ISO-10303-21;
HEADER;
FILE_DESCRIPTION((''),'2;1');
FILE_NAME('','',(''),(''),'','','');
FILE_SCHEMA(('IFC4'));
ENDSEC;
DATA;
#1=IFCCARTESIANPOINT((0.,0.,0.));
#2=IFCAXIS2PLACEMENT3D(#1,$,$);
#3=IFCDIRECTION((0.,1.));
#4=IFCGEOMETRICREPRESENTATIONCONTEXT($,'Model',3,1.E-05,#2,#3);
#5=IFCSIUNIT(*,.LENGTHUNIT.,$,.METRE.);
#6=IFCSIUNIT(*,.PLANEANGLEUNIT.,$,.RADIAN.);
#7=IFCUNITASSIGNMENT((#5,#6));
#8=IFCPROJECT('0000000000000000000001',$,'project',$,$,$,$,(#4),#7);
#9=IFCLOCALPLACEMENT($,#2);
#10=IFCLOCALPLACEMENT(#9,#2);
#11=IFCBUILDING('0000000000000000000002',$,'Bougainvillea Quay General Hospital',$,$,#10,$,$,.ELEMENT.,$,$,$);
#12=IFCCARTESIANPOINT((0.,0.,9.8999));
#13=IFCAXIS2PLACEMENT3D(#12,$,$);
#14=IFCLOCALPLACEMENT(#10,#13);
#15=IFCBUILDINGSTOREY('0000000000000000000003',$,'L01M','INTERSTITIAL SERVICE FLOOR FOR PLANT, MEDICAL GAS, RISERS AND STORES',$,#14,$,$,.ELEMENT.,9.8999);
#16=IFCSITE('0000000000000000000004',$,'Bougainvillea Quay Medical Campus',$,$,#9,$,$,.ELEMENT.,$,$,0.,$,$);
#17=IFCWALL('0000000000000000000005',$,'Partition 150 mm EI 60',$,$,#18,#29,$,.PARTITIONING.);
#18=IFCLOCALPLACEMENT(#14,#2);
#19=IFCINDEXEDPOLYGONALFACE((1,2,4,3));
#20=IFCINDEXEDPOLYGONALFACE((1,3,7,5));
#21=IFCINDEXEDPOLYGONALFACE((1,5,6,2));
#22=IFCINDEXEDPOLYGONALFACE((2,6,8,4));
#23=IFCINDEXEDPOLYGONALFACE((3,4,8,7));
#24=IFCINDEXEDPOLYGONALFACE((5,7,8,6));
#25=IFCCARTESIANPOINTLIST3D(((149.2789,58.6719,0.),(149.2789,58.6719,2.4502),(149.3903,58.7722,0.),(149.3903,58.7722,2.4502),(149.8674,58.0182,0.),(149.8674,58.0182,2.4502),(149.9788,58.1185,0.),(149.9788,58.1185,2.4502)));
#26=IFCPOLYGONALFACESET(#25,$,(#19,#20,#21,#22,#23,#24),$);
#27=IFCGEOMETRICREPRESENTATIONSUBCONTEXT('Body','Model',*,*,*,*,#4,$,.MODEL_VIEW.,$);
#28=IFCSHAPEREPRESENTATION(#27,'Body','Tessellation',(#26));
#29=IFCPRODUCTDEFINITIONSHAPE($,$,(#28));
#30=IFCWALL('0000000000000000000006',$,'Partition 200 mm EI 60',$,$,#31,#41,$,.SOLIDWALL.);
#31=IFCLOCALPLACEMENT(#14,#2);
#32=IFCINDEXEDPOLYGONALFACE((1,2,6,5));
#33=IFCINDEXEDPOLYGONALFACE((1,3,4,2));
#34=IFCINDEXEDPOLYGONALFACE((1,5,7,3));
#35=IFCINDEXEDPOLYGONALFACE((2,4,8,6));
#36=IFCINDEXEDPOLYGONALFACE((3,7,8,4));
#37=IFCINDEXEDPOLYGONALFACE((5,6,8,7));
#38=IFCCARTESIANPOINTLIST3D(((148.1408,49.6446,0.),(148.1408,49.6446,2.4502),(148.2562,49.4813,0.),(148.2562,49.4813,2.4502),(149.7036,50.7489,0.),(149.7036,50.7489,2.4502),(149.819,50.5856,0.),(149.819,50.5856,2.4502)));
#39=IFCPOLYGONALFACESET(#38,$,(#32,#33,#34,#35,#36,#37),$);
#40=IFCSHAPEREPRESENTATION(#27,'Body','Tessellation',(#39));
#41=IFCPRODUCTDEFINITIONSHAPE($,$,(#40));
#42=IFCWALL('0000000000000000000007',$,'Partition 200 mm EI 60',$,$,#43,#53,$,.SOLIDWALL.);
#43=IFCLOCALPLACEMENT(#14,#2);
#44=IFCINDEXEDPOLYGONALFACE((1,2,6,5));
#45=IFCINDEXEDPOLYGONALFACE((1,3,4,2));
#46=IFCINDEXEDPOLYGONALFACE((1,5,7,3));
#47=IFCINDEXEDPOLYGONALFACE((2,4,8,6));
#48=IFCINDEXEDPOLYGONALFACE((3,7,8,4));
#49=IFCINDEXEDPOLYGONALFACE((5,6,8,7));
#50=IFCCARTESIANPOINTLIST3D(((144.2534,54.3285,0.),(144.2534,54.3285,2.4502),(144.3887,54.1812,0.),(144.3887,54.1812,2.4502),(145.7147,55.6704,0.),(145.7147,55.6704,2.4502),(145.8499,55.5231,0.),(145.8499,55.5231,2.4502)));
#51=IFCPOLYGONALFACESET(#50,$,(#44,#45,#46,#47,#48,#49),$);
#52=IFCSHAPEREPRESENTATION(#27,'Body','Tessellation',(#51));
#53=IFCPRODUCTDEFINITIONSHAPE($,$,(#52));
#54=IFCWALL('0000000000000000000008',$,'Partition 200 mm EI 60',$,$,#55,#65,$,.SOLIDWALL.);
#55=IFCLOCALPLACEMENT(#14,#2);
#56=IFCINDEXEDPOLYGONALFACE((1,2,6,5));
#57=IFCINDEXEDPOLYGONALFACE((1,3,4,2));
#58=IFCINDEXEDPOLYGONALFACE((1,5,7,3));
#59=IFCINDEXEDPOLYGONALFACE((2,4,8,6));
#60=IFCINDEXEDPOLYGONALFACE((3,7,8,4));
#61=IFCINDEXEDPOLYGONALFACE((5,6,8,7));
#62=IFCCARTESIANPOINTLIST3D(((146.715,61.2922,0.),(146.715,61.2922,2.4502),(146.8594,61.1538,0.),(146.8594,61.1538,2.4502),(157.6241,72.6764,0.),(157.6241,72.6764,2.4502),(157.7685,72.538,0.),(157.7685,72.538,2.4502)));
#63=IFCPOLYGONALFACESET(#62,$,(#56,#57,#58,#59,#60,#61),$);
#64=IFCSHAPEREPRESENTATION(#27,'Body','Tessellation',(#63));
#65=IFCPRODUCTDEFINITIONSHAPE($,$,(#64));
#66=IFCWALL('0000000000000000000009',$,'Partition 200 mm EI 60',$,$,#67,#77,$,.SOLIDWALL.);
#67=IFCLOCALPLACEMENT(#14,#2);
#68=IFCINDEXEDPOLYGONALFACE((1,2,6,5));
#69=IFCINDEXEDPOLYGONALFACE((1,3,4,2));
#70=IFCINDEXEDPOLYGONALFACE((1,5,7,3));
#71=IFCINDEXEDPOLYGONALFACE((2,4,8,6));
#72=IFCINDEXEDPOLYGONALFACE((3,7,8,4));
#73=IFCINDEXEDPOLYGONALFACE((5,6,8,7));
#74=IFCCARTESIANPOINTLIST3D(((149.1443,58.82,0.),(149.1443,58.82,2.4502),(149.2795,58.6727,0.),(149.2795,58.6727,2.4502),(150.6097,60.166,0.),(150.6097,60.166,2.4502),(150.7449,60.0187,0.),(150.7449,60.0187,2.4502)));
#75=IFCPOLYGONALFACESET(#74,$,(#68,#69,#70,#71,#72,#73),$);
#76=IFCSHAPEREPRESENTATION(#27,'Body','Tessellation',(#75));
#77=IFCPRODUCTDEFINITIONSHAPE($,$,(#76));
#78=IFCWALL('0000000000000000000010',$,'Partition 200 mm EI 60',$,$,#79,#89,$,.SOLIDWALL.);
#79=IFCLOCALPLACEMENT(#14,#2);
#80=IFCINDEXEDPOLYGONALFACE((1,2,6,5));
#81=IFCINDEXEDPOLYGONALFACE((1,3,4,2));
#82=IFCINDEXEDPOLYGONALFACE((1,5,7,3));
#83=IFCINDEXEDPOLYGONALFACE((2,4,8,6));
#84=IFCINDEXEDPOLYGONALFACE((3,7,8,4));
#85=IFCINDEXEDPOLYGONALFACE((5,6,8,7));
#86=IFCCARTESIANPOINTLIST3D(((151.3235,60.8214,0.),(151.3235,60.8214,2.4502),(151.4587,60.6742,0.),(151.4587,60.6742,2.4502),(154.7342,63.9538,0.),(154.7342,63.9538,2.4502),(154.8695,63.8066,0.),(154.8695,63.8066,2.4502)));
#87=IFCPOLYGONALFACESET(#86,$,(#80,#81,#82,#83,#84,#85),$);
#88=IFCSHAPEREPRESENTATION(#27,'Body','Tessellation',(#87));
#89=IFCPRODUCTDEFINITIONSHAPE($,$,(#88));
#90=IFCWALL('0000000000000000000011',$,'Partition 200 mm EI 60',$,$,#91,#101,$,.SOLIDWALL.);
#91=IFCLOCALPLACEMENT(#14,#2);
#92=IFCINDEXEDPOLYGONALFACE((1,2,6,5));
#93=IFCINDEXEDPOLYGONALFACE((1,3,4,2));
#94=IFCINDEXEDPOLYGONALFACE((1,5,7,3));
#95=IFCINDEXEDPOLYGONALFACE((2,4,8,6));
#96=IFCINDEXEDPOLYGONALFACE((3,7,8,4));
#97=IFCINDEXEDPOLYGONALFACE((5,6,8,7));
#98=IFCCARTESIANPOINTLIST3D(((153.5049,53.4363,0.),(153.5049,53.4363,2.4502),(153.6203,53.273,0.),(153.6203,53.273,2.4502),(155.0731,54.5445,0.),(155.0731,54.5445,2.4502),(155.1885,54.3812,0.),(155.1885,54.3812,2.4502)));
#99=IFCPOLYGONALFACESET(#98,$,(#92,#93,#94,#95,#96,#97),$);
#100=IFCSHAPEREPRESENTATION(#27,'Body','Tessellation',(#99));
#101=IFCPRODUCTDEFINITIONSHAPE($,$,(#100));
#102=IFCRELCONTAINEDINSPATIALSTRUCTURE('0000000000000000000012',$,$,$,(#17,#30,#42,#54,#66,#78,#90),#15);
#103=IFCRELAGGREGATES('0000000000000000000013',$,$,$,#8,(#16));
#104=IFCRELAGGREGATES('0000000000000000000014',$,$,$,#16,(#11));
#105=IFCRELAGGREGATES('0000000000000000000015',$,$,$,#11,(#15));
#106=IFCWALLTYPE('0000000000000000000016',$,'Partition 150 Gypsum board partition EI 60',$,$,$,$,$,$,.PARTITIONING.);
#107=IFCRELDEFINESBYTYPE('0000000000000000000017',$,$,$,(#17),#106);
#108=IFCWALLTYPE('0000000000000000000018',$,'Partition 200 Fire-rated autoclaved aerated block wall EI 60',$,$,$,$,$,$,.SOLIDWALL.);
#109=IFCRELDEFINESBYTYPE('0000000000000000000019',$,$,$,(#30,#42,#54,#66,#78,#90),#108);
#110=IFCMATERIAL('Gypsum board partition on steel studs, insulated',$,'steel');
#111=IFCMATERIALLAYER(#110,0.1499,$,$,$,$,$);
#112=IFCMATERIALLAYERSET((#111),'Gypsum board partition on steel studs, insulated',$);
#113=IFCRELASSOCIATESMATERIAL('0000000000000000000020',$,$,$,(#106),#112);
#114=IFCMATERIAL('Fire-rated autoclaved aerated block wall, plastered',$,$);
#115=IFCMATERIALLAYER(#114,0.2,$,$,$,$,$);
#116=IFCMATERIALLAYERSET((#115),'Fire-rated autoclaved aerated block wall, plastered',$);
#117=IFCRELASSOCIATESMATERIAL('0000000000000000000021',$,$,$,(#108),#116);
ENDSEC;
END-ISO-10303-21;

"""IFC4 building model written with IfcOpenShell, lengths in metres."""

from ifc_helpers import new_model, si_unit, direction, frame, frame_2d, origin, place, context, subcontext, project, spatial, rectangle, extrude, material, layer, layer_set, type_object, element, save


model = new_model("IFC4")

# Units and contexts
model_context = context("Model", 3, precision=1e-05, world=origin(), true_north=direction((0.0, 1.0)))
body_context = subcontext(model_context, "Body", "Model", "MODEL_VIEW")
ifc_project = project(units=[si_unit("LENGTHUNIT", "METRE"), si_unit("PLANEANGLEUNIT", "RADIAN")], contexts=[model_context])

# Site, building, storey
site_placement = place(None, origin())
site = spatial("IfcSite", under=ifc_project, at=site_placement, Name="Bougainvillea Quay Medical Campus", CompositionType="ELEMENT", RefElevation=0.0)
building_placement = place(site_placement, origin())
building = spatial("IfcBuilding", under=site, at=building_placement, Name="Bougainvillea Quay General Hospital", CompositionType="ELEMENT")
storey_placement = place(building_placement, frame((0.0, 0.0, 9.8999)))
storey = spatial("IfcBuildingStorey", under=building, at=storey_placement, Name="L01M", Description="INTERSTITIAL SERVICE FLOOR FOR PLANT, MEDICAL GAS, RISERS AND STORES", CompositionType="ELEMENT", Elevation=9.8999)

# Shared definitions
ifc_material_1 = material(Name="Gypsum board partition on steel studs, insulated", Category="steel")
ifc_layer_1 = layer(ifc_material_1, 0.1499)
ifc_layer_set_1 = layer_set([ifc_layer_1], Name="Gypsum board partition on steel studs, insulated")
wall_type_1 = type_object("IfcWallType", Name="Partition 150 Gypsum board partition EI 60", PredefinedType="PARTITIONING", material=ifc_layer_set_1)

# Walls
wall_1_placement = place(storey_placement, frame((149.3345, 58.7222, 0.0), z_axis=(0.0, 0.0, 1.0), x_axis=(0.669087, -0.743184, 0.0)))
element("IfcWall", 1, at=wall_1_placement, inside=storey, type_object=wall_type_1, Name="Partition 150 mm EI 60", PredefinedType="PARTITIONING", context=body_context, shape_type="SweptSolid", body=[
    extrude(rectangle(XDim=0.8796, YDim=0.1499, at=frame_2d((0.4399, 0.0))), origin(), (0.0, 0.0, 1.0), 2.4502),
])
ifc_material_2 = material(Name="Fire-rated autoclaved aerated block wall, plastered")
ifc_layer_2 = layer(ifc_material_2, 0.2)
ifc_layer_set_2 = layer_set([ifc_layer_2], Name="Fire-rated autoclaved aerated block wall, plastered")
wall_type_2 = type_object("IfcWallType", Name="Partition 200 Fire-rated autoclaved aerated block wall EI 60", PredefinedType="SOLIDWALL", material=ifc_layer_set_2)
wall_2_placement = place(storey_placement, frame((148.1985, 49.563, 0.0), z_axis=(0.0, 0.0, 1.0), x_axis=(0.816688, 0.577079, 0.0)))
element("IfcWall", 2, at=wall_2_placement, inside=storey, type_object=wall_type_2, Name="Partition 200 mm EI 60", PredefinedType="SOLIDWALL", context=body_context, shape_type="SweptSolid", body=[
    extrude(rectangle(XDim=1.9136, YDim=0.2, at=frame_2d((0.9568, 0.0))), origin(), (0.0, 0.0, 1.0), 2.4502),
])
wall_3_placement = place(storey_placement, frame((144.321, 54.2549, 0.0), z_axis=(0.0, 0.0, 1.0), x_axis=(0.736556, 0.676376, 0.0)))
element("IfcWall", 3, at=wall_3_placement, inside=storey, type_object=wall_type_2, Name="Partition 200 mm EI 60", PredefinedType="SOLIDWALL", context=body_context, shape_type="SweptSolid", body=[
    extrude(rectangle(XDim=1.9839, YDim=0.2, at=frame_2d((0.9919, 0.0))), origin(), (0.0, 0.0, 1.0), 2.4502),
])
wall_4_placement = place(storey_placement, frame((146.7871, 61.2229, 0.0), z_axis=(0.0, 0.0, 1.0), x_axis=(0.69188, 0.722012, 0.0)))
element("IfcWall", 4, at=wall_4_placement, inside=storey, type_object=wall_type_2, Name="Partition 200 mm EI 60", PredefinedType="SOLIDWALL", context=body_context, shape_type="SweptSolid", body=[
    extrude(rectangle(XDim=15.7673, YDim=0.2, at=frame_2d((7.8838, 0.0))), origin(), (0.0, 0.0, 1.0), 2.4502),
])
wall_5_placement = place(storey_placement, frame((149.2119, 58.7463, 0.0), z_axis=(0.0, 0.0, 1.0), x_axis=(0.736471, 0.676469, 0.0)))
element("IfcWall", 5, at=wall_5_placement, inside=storey, type_object=wall_type_2, Name="Partition 200 mm EI 60", PredefinedType="SOLIDWALL", context=body_context, shape_type="SweptSolid", body=[
    extrude(rectangle(XDim=1.9897, YDim=0.2, at=frame_2d((0.9949, 0.0))), origin(), (0.0, 0.0, 1.0), 2.4502),
])
wall_6_placement = place(storey_placement, frame((151.3911, 60.7478, 0.0), z_axis=(0.0, 0.0, 1.0), x_axis=(0.736519, 0.676417, 0.0)))
element("IfcWall", 6, at=wall_6_placement, inside=storey, type_object=wall_type_2, Name="Partition 200 mm EI 60", PredefinedType="SOLIDWALL", context=body_context, shape_type="SweptSolid", body=[
    extrude(rectangle(XDim=4.6309, YDim=0.2, at=frame_2d((2.3154, 0.0))), origin(), (0.0, 0.0, 1.0), 2.4502),
])
wall_7_placement = place(storey_placement, frame((153.5627, 53.3547, 0.0), z_axis=(0.0, 0.0, 1.0), x_axis=(0.816661, 0.577117, 0.0)))
element("IfcWall", 7, at=wall_7_placement, inside=storey, type_object=wall_type_2, Name="Partition 200 mm EI 60", PredefinedType="SOLIDWALL", context=body_context, shape_type="SweptSolid", body=[
    extrude(rectangle(XDim=1.9202, YDim=0.2, at=frame_2d((0.96, 0.0))), origin(), (0.0, 0.0, 1.0), 2.4502),
])

save(model, "model.ifc")
